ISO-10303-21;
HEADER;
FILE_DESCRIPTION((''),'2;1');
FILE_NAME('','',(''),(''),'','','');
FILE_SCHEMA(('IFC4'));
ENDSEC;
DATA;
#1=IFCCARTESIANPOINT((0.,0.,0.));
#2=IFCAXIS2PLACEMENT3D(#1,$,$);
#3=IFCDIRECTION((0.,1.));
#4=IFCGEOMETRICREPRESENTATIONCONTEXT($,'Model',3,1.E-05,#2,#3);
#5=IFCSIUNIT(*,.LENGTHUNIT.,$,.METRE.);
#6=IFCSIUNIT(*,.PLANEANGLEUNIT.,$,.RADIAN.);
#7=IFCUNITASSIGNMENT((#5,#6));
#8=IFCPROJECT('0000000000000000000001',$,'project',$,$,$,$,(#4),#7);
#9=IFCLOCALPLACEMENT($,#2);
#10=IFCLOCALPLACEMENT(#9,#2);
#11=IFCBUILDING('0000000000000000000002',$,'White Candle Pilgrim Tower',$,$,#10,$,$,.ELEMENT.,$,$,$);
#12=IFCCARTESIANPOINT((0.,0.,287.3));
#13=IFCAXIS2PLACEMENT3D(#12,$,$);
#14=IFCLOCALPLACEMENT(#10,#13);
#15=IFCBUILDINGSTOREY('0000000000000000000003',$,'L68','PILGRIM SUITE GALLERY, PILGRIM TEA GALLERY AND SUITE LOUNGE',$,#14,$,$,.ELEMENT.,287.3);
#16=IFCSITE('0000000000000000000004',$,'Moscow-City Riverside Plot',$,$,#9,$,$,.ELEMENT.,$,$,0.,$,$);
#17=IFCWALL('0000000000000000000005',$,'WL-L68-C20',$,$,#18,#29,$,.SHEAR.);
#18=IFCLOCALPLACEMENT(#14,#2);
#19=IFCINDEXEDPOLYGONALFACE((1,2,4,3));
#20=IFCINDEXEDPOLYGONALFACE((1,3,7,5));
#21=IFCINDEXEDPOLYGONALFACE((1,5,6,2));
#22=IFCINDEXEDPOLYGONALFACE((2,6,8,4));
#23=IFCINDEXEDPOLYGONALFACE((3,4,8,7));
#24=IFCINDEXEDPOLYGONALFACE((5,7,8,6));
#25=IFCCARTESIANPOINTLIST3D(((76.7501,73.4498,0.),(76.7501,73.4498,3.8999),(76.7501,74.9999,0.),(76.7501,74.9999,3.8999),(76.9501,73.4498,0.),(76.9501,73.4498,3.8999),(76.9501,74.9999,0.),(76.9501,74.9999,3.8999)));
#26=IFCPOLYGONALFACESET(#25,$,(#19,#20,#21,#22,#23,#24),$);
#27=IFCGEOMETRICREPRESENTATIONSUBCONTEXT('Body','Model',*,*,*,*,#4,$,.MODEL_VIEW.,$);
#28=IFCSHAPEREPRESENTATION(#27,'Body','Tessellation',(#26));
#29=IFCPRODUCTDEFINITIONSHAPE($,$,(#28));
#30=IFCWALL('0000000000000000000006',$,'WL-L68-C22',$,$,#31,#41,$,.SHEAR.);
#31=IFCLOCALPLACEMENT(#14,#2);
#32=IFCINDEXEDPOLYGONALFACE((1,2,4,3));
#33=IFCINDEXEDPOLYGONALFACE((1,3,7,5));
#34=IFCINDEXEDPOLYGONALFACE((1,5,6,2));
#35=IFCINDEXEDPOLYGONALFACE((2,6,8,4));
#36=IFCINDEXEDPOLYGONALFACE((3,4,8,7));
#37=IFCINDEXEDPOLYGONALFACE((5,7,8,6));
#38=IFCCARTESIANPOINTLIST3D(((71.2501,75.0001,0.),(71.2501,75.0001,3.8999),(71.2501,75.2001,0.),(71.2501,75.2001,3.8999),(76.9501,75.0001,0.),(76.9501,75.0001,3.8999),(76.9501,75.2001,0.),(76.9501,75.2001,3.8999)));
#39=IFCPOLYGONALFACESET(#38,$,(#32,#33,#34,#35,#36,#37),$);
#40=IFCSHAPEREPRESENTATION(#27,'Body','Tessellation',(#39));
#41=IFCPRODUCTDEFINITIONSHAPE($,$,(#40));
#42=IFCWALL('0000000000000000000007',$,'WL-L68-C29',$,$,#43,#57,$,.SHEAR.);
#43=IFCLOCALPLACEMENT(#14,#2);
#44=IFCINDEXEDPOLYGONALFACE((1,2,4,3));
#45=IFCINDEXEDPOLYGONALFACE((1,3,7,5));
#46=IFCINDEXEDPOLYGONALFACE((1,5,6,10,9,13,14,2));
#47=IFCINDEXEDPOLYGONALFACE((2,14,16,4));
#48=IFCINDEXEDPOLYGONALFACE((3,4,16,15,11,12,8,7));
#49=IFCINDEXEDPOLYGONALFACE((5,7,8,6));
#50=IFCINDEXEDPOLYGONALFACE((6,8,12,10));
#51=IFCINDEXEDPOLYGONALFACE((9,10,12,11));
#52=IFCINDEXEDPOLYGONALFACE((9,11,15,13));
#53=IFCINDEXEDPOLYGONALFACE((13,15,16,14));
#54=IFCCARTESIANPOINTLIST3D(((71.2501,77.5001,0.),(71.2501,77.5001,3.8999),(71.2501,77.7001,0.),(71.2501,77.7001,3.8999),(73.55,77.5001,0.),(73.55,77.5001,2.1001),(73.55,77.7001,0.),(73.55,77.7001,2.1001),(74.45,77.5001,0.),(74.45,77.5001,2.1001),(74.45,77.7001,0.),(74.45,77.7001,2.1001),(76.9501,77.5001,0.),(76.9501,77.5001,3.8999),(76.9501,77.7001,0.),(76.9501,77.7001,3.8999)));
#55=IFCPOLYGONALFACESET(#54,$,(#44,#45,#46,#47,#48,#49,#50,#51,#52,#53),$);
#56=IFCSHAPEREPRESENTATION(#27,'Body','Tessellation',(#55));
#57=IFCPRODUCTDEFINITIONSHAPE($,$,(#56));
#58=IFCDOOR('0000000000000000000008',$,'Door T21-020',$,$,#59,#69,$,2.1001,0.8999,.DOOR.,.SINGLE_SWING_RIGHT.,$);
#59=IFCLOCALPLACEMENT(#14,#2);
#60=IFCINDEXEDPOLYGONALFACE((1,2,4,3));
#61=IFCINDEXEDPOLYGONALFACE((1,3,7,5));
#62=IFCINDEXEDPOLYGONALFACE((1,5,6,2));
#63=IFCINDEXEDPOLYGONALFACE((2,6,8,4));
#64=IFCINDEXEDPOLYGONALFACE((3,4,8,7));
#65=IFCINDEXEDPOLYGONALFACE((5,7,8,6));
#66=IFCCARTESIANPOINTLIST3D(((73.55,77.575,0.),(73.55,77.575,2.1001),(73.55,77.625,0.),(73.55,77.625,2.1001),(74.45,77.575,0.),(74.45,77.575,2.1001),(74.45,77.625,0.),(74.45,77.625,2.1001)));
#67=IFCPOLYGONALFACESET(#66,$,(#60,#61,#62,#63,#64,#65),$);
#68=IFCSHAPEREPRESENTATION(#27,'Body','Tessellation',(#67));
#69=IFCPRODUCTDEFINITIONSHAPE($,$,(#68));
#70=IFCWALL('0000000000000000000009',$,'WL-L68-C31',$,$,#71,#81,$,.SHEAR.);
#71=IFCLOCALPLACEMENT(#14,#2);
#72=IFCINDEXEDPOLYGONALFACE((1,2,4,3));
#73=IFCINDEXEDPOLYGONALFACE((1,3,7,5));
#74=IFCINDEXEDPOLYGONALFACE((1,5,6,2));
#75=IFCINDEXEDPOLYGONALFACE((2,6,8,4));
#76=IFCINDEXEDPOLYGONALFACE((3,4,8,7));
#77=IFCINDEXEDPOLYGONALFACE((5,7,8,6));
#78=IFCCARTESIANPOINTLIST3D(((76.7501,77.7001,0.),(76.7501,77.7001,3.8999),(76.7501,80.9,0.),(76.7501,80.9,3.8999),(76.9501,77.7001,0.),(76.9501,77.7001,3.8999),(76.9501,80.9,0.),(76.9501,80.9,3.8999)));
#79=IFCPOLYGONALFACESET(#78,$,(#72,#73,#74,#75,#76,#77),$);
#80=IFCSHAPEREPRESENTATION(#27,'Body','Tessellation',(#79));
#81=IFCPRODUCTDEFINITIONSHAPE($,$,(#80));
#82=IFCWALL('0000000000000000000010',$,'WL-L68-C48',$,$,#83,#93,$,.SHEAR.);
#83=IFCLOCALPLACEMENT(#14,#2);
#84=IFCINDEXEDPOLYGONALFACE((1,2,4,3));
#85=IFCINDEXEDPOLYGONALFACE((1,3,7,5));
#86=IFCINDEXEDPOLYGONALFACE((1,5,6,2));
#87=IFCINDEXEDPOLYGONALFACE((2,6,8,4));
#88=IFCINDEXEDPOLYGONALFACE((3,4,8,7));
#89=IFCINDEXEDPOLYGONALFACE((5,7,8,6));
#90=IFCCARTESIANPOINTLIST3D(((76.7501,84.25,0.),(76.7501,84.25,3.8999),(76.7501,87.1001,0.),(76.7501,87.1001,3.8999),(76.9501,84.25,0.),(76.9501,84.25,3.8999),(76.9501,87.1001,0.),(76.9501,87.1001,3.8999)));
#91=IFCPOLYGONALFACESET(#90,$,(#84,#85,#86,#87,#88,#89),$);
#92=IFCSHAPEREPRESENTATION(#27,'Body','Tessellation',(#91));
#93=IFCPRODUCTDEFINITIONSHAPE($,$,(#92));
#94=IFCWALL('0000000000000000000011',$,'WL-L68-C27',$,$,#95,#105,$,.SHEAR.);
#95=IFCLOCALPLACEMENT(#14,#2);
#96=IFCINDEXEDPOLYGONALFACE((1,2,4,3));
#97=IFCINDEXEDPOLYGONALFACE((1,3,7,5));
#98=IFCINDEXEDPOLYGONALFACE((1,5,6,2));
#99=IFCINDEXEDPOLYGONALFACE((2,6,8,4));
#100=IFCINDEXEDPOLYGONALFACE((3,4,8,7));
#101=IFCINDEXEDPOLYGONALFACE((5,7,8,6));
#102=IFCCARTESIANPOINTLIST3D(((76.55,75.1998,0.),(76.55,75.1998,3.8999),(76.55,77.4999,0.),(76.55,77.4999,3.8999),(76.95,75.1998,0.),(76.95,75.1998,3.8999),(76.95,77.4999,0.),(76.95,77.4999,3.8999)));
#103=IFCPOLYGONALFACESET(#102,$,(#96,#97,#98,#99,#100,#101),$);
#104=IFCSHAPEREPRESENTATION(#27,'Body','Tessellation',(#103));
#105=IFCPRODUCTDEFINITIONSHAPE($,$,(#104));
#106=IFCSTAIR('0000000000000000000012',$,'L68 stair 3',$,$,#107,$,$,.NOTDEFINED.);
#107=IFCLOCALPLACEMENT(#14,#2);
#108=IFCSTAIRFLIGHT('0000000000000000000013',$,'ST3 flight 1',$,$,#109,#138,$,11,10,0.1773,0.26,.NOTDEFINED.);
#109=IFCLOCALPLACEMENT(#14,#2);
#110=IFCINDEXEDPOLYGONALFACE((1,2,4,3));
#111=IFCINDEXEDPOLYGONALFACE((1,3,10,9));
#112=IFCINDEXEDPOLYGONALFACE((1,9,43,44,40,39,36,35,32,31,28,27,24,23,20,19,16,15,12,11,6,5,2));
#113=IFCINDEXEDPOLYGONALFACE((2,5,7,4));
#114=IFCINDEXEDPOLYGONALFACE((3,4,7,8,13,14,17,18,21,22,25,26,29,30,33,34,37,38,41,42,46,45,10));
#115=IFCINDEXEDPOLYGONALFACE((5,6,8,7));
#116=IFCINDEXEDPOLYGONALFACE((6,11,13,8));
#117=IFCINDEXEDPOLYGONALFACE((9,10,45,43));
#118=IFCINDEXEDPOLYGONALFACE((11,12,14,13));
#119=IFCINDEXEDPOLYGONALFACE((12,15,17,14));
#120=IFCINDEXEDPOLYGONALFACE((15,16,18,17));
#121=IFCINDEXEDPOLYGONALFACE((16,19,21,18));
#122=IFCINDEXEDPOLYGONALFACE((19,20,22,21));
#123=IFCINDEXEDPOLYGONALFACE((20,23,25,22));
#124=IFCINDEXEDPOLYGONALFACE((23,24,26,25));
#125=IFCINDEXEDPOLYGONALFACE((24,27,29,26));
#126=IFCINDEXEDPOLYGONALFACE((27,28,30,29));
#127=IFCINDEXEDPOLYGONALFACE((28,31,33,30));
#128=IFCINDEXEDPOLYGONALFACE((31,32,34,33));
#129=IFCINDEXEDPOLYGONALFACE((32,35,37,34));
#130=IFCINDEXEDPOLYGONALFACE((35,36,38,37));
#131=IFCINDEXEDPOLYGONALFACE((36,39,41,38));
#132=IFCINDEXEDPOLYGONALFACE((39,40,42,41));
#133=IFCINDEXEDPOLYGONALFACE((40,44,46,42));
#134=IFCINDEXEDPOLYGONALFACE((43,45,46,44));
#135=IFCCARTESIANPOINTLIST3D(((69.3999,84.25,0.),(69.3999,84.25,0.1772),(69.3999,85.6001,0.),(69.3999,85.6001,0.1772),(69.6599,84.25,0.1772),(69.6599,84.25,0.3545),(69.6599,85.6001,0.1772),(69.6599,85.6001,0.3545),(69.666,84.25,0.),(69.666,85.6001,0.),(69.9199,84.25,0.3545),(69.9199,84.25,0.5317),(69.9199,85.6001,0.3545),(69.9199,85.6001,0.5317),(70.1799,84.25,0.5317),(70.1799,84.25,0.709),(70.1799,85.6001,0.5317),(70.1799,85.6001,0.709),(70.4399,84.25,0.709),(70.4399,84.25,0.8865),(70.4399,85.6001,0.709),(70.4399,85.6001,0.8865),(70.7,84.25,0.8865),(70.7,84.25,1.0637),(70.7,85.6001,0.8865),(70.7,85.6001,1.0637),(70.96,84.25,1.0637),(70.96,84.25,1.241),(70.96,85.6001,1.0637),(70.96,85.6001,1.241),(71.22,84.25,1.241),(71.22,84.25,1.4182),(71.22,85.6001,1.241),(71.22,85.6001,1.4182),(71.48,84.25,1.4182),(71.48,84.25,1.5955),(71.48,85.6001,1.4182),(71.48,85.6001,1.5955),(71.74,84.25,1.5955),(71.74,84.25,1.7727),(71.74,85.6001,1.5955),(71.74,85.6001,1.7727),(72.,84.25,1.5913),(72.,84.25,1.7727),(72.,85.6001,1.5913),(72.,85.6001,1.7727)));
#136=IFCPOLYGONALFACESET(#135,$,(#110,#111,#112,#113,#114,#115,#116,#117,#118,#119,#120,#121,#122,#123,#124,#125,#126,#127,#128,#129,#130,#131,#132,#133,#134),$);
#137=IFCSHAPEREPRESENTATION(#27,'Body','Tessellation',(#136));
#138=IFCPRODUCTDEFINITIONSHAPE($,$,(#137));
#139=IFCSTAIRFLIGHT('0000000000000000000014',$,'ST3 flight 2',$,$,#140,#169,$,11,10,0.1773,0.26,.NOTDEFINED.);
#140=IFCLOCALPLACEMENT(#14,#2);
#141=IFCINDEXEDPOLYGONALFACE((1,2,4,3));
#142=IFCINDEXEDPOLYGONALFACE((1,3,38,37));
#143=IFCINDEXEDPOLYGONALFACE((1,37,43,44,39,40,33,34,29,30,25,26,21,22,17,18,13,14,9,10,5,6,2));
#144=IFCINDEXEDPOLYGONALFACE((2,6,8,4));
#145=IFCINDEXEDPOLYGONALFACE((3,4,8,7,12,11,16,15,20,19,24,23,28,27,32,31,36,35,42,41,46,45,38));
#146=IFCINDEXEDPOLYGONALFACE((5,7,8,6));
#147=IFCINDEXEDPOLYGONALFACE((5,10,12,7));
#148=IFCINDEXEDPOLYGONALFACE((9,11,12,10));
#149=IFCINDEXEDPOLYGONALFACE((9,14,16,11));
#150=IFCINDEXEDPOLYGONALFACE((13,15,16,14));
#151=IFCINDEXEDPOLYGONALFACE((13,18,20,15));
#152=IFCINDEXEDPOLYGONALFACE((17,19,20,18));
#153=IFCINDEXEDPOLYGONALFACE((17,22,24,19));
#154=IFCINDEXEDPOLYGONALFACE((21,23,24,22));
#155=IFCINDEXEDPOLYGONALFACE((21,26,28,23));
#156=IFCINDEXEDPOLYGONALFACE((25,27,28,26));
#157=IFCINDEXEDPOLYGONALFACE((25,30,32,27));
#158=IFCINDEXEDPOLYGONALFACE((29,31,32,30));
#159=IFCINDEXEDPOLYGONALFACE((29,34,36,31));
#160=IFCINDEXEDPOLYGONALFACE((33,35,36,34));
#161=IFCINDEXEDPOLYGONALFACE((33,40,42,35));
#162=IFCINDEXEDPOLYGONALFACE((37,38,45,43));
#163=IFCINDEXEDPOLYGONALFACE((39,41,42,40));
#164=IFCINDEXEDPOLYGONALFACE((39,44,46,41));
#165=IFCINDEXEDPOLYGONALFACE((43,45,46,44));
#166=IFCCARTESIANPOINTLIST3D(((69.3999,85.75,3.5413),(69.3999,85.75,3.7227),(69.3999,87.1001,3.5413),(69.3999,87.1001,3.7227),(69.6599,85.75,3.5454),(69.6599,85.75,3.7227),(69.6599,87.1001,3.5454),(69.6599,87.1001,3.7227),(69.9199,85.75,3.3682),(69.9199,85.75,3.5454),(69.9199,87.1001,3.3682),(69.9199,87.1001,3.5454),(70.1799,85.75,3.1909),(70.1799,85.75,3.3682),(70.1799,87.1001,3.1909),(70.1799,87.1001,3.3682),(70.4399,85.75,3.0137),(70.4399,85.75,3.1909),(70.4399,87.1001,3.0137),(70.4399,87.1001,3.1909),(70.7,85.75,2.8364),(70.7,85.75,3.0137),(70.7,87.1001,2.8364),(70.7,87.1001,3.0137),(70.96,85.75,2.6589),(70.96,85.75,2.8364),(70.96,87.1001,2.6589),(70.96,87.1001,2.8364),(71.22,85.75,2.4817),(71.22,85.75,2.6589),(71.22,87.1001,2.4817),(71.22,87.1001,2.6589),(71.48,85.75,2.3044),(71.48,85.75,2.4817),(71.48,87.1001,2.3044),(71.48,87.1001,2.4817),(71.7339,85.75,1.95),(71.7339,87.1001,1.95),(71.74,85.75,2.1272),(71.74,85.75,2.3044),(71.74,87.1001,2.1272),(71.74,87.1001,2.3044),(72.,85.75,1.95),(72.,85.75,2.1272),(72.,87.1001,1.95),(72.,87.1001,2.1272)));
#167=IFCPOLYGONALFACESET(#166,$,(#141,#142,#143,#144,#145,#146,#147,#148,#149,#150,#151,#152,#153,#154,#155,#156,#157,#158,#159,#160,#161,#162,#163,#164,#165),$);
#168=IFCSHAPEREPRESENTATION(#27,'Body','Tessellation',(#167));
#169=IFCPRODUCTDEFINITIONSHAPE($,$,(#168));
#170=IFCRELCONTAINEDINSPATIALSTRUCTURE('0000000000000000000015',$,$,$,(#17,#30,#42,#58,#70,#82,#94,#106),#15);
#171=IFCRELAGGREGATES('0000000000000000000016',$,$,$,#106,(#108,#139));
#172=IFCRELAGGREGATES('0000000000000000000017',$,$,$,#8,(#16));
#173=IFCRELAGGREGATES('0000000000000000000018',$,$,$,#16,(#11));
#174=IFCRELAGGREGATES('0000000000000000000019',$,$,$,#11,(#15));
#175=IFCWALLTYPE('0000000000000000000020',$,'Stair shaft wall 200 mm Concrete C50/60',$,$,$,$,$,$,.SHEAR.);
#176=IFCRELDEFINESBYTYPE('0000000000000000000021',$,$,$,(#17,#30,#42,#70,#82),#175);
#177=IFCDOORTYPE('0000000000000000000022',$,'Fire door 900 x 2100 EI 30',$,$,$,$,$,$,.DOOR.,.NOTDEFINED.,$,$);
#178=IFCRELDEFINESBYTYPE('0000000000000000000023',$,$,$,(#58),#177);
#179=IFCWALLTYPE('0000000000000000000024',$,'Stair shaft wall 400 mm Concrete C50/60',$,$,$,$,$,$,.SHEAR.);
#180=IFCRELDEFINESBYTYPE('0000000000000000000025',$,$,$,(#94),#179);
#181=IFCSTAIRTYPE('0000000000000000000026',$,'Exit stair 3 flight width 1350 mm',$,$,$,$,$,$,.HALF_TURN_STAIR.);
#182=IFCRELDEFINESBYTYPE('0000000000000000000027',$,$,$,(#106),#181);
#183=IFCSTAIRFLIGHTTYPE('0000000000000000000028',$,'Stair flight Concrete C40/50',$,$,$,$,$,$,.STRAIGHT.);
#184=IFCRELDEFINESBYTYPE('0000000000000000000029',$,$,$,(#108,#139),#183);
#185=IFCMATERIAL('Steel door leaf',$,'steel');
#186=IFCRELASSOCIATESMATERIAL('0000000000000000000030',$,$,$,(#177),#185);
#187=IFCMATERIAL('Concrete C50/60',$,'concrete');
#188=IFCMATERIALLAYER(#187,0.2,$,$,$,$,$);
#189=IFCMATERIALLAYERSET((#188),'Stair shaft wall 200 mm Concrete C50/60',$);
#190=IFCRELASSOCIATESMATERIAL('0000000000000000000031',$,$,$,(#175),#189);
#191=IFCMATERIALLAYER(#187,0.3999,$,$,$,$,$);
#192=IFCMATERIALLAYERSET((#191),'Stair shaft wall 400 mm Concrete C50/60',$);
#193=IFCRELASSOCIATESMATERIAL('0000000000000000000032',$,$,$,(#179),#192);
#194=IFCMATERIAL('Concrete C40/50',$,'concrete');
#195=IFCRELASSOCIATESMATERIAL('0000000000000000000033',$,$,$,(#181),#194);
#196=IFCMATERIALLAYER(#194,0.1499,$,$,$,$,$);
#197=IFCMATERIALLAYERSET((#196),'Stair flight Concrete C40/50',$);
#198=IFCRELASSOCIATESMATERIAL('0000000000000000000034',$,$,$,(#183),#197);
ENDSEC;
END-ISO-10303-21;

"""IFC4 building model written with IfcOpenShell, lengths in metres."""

from ifc_helpers import new_model, si_unit, direction, frame, frame_2d, origin, place, context, subcontext, project, spatial, polyline, rectangle, outline, extrude, material, layer, layer_set, type_object, element, fill, aggregate, save


model = new_model("IFC4")

# Units and contexts
model_context = context("Model", 3, precision=1e-05, world=origin(), true_north=direction((0.0, 1.0)))
body_context = subcontext(model_context, "Body", "Model", "MODEL_VIEW")
ifc_project = project(units=[si_unit("LENGTHUNIT", "METRE"), si_unit("PLANEANGLEUNIT", "RADIAN")], contexts=[model_context])

# Site, building, storey
site_placement = place(None, origin())
site = spatial("IfcSite", under=ifc_project, at=site_placement, Name="Moscow-City Riverside Plot", CompositionType="ELEMENT", RefElevation=0.0)
building_placement = place(site_placement, origin())
building = spatial("IfcBuilding", under=site, at=building_placement, Name="White Candle Pilgrim Tower", CompositionType="ELEMENT")
storey_placement = place(building_placement, frame((0.0, 0.0, 287.3)))
storey = spatial("IfcBuildingStorey", under=building, at=storey_placement, Name="L68", Description="PILGRIM SUITE GALLERY, PILGRIM TEA GALLERY AND SUITE LOUNGE", CompositionType="ELEMENT", Elevation=287.3)

# Shared definitions
ifc_material_1 = material(Name="Concrete C50/60", Category="concrete")

# Shared definitions
ifc_material_2 = material(Name="Steel door leaf", Category="steel")
door_type = type_object("IfcDoorType", Name="Fire door 900 x 2100 EI 30", OperationType="NOTDEFINED", PredefinedType="DOOR", material=ifc_material_2)

# Walls
ifc_layer_1 = layer(ifc_material_1, 0.2)
ifc_layer_set_1 = layer_set([ifc_layer_1], Name="Stair shaft wall 200 mm Concrete C50/60")
wall_type_1 = type_object("IfcWallType", Name="Stair shaft wall 200 mm Concrete C50/60", PredefinedType="SHEAR", material=ifc_layer_set_1)
wall_1_placement = place(storey_placement, frame((76.8501, 73.45, 0.0), z_axis=(0.0, 0.0, 1.0), x_axis=(0.0, 1.0, 0.0)))
element("IfcWall", 1, at=wall_1_placement, inside=storey, type_object=wall_type_1, Name="WL-L68-C20", PredefinedType="SHEAR", context=body_context, shape_type="SweptSolid", body=[
    extrude(rectangle(XDim=1.55, YDim=0.2, at=frame_2d((0.7749, 0.0))), origin(), (0.0, 0.0, 1.0), 3.8999),
])
wall_2_placement = place(storey_placement, frame((71.25, 75.1001, 0.0), z_axis=(0.0, 0.0, 1.0), x_axis=(1.0, 0.0, 0.0)))
element("IfcWall", 2, at=wall_2_placement, inside=storey, type_object=wall_type_1, Name="WL-L68-C22", PredefinedType="SHEAR", context=body_context, shape_type="SweptSolid", body=[
    extrude(rectangle(XDim=5.7, YDim=0.2, at=frame_2d((2.8501, 0.0))), origin(), (0.0, 0.0, 1.0), 3.8999),
])

# Wall, opening, door
wall_3_placement = place(storey_placement, frame((71.25, 77.6001, 0.0), z_axis=(0.0, 0.0, 1.0), x_axis=(1.0, 0.0, 0.0)))
wall_3 = element("IfcWall", 3, at=wall_3_placement, inside=storey, type_object=wall_type_1, Name="WL-L68-C29", PredefinedType="SHEAR", context=body_context, shape_type="SweptSolid", body=[
    extrude(rectangle(XDim=5.7, YDim=0.2, at=frame_2d((2.8501, 0.0))), origin(), (0.0, 0.0, 1.0), 3.8999),
])
opening_1_placement = place(wall_3_placement, frame((2.3, 0.0, 0.0)))
opening_1 = element("IfcOpeningElement", 4, at=opening_1_placement, cuts=wall_3, PredefinedType="OPENING", context=body_context, shape_type="SweptSolid", body=[
    extrude(rectangle(XDim=0.8999, YDim=2.1001, at=frame_2d((0.45, 1.05))), frame((0.0, 0.1099, 0.0), z_axis=(0.0, -1.0, 0.0), x_axis=(1.0, 0.0, 0.0)), (0.0, 0.0, 1.0), 0.22),
])
door_1_placement = place(opening_1_placement, origin())
door_1 = element("IfcDoor", 5, at=door_1_placement, inside=storey, type_object=door_type, Name="Door T21-020", OperationType="SINGLE_SWING_RIGHT", OverallHeight=2.1001, OverallWidth=0.8999, PredefinedType="DOOR", context=body_context, shape_type="SweptSolid", body=[
    extrude(rectangle(XDim=0.8999, YDim=2.1001, at=frame_2d((0.45, 1.05))), frame((0.0, 0.0249, 0.0), z_axis=(0.0, -1.0, 0.0), x_axis=(1.0, 0.0, 0.0)), (0.0, 0.0, 1.0), 0.05),
])
fill(opening_1, door_1)

# Walls
wall_4_placement = place(storey_placement, frame((76.8501, 77.7, 0.0), z_axis=(0.0, 0.0, 1.0), x_axis=(0.0, 1.0, 0.0)))
element("IfcWall", 6, at=wall_4_placement, inside=storey, type_object=wall_type_1, Name="WL-L68-C31", PredefinedType="SHEAR", context=body_context, shape_type="SweptSolid", body=[
    extrude(rectangle(XDim=3.2, YDim=0.2, at=frame_2d((1.6001, 0.0))), origin(), (0.0, 0.0, 1.0), 3.8999),
])
wall_5_placement = place(storey_placement, frame((76.8501, 84.25, 0.0), z_axis=(0.0, 0.0, 1.0), x_axis=(0.0, 1.0, 0.0)))
element("IfcWall", 7, at=wall_5_placement, inside=storey, type_object=wall_type_1, Name="WL-L68-C48", PredefinedType="SHEAR", context=body_context, shape_type="SweptSolid", body=[
    extrude(rectangle(XDim=2.8501, YDim=0.2, at=frame_2d((1.425, 0.0))), origin(), (0.0, 0.0, 1.0), 3.8999),
])
ifc_layer_2 = layer(ifc_material_1, 0.3999)
ifc_layer_set_2 = layer_set([ifc_layer_2], Name="Stair shaft wall 400 mm Concrete C50/60")
wall_type_2 = type_object("IfcWallType", Name="Stair shaft wall 400 mm Concrete C50/60", PredefinedType="SHEAR", material=ifc_layer_set_2)
wall_6_placement = place(storey_placement, frame((76.75, 75.2, 0.0), z_axis=(0.0, 0.0, 1.0), x_axis=(0.0, 1.0, 0.0)))
element("IfcWall", 8, at=wall_6_placement, inside=storey, type_object=wall_type_2, Name="WL-L68-C27", PredefinedType="SHEAR", context=body_context, shape_type="SweptSolid", body=[
    extrude(rectangle(XDim=2.3, YDim=0.3999, at=frame_2d((1.1499, 0.0))), origin(), (0.0, 0.0, 1.0), 3.8999),
])

# Stair, stair flights
ifc_material_3 = material(Name="Concrete C40/50", Category="concrete")
stair_type = type_object("IfcStairType", Name="Exit stair 3 flight width 1350 mm", PredefinedType="HALF_TURN_STAIR", material=ifc_material_3)
stair_placement = place(storey_placement, origin())
stair = element("IfcStair", 9, at=stair_placement, inside=storey, type_object=stair_type, Name="L68 stair 3", PredefinedType="NOTDEFINED")
ifc_layer_3 = layer(ifc_material_3, 0.1499)
ifc_layer_set_3 = layer_set([ifc_layer_3], Name="Stair flight Concrete C40/50")
stair_flight_type = type_object("IfcStairFlightType", Name="Stair flight Concrete C40/50", PredefinedType="STRAIGHT", material=ifc_layer_set_3)
stair_flight_1_placement = place(storey_placement, frame((69.3999, 84.925, 0.0), z_axis=(0.0, 0.0, 1.0), x_axis=(1.0, 0.0, 0.0)))
stair_flight_1 = element("IfcStairFlight", 10, at=stair_flight_1_placement, type_object=stair_flight_type, Name="ST3 flight 1", NumberOfRisers=11, NumberOfTreads=10, PredefinedType="NOTDEFINED", RiserHeight=0.1773, TreadLength=0.26, context=body_context, shape_type="SweptSolid", body=[
    extrude(outline(polyline([(0.0, 0.0), (0.0, 0.1772), (0.26, 0.1772), (0.26, 0.3545), (0.52, 0.3545), (0.52, 0.5317), (0.78, 0.5317), (0.78, 0.709), (1.04, 0.709), (1.04, 0.8865), (1.3, 0.8865), (1.3, 1.0637), (1.5601, 1.0637), (1.5601, 1.241), (1.8201, 1.241), (1.8201, 1.4182), (2.0801, 1.4182), (2.0801, 1.5955), (2.3401, 1.5955), (2.3401, 1.7727), (2.6001, 1.7727), (2.6001, 1.95), (2.6001, 1.5913), (0.2661, 0.0), (0.0, 0.0)])), frame((0.0, 0.675, 0.0), z_axis=(0.0, -1.0, 0.0), x_axis=(1.0, 0.0, 0.0)), (0.0, 0.0, 1.0), 1.3501),
])
stair_flight_2_placement = place(storey_placement, frame((72.0, 86.425, 1.95), z_axis=(0.0, 0.0, 1.0), x_axis=(-1.0, 0.0, 0.0)))
stair_flight_2 = element("IfcStairFlight", 11, at=stair_flight_2_placement, type_object=stair_flight_type, Name="ST3 flight 2", NumberOfRisers=11, NumberOfTreads=10, PredefinedType="NOTDEFINED", RiserHeight=0.1773, TreadLength=0.26, context=body_context, shape_type="SweptSolid", body=[
    extrude(outline(polyline([(0.0, 0.0), (0.0, 0.1772), (0.26, 0.1772), (0.26, 0.3545), (0.52, 0.3545), (0.52, 0.5317), (0.78, 0.5317), (0.78, 0.709), (1.04, 0.709), (1.04, 0.8865), (1.3, 0.8865), (1.3, 1.0637), (1.5601, 1.0637), (1.5601, 1.241), (1.8201, 1.241), (1.8201, 1.4182), (2.0801, 1.4182), (2.0801, 1.5955), (2.3401, 1.5955), (2.3401, 1.7727), (2.6001, 1.7727), (2.6001, 1.95), (2.6001, 1.5913), (0.2661, 0.0), (0.0, 0.0)])), frame((0.0, 0.675, 0.0), z_axis=(0.0, -1.0, 0.0), x_axis=(1.0, 0.0, 0.0)), (0.0, 0.0, 1.0), 1.3501),
])
aggregate(stair, [stair_flight_1, stair_flight_2])

save(model, "model.ifc")
